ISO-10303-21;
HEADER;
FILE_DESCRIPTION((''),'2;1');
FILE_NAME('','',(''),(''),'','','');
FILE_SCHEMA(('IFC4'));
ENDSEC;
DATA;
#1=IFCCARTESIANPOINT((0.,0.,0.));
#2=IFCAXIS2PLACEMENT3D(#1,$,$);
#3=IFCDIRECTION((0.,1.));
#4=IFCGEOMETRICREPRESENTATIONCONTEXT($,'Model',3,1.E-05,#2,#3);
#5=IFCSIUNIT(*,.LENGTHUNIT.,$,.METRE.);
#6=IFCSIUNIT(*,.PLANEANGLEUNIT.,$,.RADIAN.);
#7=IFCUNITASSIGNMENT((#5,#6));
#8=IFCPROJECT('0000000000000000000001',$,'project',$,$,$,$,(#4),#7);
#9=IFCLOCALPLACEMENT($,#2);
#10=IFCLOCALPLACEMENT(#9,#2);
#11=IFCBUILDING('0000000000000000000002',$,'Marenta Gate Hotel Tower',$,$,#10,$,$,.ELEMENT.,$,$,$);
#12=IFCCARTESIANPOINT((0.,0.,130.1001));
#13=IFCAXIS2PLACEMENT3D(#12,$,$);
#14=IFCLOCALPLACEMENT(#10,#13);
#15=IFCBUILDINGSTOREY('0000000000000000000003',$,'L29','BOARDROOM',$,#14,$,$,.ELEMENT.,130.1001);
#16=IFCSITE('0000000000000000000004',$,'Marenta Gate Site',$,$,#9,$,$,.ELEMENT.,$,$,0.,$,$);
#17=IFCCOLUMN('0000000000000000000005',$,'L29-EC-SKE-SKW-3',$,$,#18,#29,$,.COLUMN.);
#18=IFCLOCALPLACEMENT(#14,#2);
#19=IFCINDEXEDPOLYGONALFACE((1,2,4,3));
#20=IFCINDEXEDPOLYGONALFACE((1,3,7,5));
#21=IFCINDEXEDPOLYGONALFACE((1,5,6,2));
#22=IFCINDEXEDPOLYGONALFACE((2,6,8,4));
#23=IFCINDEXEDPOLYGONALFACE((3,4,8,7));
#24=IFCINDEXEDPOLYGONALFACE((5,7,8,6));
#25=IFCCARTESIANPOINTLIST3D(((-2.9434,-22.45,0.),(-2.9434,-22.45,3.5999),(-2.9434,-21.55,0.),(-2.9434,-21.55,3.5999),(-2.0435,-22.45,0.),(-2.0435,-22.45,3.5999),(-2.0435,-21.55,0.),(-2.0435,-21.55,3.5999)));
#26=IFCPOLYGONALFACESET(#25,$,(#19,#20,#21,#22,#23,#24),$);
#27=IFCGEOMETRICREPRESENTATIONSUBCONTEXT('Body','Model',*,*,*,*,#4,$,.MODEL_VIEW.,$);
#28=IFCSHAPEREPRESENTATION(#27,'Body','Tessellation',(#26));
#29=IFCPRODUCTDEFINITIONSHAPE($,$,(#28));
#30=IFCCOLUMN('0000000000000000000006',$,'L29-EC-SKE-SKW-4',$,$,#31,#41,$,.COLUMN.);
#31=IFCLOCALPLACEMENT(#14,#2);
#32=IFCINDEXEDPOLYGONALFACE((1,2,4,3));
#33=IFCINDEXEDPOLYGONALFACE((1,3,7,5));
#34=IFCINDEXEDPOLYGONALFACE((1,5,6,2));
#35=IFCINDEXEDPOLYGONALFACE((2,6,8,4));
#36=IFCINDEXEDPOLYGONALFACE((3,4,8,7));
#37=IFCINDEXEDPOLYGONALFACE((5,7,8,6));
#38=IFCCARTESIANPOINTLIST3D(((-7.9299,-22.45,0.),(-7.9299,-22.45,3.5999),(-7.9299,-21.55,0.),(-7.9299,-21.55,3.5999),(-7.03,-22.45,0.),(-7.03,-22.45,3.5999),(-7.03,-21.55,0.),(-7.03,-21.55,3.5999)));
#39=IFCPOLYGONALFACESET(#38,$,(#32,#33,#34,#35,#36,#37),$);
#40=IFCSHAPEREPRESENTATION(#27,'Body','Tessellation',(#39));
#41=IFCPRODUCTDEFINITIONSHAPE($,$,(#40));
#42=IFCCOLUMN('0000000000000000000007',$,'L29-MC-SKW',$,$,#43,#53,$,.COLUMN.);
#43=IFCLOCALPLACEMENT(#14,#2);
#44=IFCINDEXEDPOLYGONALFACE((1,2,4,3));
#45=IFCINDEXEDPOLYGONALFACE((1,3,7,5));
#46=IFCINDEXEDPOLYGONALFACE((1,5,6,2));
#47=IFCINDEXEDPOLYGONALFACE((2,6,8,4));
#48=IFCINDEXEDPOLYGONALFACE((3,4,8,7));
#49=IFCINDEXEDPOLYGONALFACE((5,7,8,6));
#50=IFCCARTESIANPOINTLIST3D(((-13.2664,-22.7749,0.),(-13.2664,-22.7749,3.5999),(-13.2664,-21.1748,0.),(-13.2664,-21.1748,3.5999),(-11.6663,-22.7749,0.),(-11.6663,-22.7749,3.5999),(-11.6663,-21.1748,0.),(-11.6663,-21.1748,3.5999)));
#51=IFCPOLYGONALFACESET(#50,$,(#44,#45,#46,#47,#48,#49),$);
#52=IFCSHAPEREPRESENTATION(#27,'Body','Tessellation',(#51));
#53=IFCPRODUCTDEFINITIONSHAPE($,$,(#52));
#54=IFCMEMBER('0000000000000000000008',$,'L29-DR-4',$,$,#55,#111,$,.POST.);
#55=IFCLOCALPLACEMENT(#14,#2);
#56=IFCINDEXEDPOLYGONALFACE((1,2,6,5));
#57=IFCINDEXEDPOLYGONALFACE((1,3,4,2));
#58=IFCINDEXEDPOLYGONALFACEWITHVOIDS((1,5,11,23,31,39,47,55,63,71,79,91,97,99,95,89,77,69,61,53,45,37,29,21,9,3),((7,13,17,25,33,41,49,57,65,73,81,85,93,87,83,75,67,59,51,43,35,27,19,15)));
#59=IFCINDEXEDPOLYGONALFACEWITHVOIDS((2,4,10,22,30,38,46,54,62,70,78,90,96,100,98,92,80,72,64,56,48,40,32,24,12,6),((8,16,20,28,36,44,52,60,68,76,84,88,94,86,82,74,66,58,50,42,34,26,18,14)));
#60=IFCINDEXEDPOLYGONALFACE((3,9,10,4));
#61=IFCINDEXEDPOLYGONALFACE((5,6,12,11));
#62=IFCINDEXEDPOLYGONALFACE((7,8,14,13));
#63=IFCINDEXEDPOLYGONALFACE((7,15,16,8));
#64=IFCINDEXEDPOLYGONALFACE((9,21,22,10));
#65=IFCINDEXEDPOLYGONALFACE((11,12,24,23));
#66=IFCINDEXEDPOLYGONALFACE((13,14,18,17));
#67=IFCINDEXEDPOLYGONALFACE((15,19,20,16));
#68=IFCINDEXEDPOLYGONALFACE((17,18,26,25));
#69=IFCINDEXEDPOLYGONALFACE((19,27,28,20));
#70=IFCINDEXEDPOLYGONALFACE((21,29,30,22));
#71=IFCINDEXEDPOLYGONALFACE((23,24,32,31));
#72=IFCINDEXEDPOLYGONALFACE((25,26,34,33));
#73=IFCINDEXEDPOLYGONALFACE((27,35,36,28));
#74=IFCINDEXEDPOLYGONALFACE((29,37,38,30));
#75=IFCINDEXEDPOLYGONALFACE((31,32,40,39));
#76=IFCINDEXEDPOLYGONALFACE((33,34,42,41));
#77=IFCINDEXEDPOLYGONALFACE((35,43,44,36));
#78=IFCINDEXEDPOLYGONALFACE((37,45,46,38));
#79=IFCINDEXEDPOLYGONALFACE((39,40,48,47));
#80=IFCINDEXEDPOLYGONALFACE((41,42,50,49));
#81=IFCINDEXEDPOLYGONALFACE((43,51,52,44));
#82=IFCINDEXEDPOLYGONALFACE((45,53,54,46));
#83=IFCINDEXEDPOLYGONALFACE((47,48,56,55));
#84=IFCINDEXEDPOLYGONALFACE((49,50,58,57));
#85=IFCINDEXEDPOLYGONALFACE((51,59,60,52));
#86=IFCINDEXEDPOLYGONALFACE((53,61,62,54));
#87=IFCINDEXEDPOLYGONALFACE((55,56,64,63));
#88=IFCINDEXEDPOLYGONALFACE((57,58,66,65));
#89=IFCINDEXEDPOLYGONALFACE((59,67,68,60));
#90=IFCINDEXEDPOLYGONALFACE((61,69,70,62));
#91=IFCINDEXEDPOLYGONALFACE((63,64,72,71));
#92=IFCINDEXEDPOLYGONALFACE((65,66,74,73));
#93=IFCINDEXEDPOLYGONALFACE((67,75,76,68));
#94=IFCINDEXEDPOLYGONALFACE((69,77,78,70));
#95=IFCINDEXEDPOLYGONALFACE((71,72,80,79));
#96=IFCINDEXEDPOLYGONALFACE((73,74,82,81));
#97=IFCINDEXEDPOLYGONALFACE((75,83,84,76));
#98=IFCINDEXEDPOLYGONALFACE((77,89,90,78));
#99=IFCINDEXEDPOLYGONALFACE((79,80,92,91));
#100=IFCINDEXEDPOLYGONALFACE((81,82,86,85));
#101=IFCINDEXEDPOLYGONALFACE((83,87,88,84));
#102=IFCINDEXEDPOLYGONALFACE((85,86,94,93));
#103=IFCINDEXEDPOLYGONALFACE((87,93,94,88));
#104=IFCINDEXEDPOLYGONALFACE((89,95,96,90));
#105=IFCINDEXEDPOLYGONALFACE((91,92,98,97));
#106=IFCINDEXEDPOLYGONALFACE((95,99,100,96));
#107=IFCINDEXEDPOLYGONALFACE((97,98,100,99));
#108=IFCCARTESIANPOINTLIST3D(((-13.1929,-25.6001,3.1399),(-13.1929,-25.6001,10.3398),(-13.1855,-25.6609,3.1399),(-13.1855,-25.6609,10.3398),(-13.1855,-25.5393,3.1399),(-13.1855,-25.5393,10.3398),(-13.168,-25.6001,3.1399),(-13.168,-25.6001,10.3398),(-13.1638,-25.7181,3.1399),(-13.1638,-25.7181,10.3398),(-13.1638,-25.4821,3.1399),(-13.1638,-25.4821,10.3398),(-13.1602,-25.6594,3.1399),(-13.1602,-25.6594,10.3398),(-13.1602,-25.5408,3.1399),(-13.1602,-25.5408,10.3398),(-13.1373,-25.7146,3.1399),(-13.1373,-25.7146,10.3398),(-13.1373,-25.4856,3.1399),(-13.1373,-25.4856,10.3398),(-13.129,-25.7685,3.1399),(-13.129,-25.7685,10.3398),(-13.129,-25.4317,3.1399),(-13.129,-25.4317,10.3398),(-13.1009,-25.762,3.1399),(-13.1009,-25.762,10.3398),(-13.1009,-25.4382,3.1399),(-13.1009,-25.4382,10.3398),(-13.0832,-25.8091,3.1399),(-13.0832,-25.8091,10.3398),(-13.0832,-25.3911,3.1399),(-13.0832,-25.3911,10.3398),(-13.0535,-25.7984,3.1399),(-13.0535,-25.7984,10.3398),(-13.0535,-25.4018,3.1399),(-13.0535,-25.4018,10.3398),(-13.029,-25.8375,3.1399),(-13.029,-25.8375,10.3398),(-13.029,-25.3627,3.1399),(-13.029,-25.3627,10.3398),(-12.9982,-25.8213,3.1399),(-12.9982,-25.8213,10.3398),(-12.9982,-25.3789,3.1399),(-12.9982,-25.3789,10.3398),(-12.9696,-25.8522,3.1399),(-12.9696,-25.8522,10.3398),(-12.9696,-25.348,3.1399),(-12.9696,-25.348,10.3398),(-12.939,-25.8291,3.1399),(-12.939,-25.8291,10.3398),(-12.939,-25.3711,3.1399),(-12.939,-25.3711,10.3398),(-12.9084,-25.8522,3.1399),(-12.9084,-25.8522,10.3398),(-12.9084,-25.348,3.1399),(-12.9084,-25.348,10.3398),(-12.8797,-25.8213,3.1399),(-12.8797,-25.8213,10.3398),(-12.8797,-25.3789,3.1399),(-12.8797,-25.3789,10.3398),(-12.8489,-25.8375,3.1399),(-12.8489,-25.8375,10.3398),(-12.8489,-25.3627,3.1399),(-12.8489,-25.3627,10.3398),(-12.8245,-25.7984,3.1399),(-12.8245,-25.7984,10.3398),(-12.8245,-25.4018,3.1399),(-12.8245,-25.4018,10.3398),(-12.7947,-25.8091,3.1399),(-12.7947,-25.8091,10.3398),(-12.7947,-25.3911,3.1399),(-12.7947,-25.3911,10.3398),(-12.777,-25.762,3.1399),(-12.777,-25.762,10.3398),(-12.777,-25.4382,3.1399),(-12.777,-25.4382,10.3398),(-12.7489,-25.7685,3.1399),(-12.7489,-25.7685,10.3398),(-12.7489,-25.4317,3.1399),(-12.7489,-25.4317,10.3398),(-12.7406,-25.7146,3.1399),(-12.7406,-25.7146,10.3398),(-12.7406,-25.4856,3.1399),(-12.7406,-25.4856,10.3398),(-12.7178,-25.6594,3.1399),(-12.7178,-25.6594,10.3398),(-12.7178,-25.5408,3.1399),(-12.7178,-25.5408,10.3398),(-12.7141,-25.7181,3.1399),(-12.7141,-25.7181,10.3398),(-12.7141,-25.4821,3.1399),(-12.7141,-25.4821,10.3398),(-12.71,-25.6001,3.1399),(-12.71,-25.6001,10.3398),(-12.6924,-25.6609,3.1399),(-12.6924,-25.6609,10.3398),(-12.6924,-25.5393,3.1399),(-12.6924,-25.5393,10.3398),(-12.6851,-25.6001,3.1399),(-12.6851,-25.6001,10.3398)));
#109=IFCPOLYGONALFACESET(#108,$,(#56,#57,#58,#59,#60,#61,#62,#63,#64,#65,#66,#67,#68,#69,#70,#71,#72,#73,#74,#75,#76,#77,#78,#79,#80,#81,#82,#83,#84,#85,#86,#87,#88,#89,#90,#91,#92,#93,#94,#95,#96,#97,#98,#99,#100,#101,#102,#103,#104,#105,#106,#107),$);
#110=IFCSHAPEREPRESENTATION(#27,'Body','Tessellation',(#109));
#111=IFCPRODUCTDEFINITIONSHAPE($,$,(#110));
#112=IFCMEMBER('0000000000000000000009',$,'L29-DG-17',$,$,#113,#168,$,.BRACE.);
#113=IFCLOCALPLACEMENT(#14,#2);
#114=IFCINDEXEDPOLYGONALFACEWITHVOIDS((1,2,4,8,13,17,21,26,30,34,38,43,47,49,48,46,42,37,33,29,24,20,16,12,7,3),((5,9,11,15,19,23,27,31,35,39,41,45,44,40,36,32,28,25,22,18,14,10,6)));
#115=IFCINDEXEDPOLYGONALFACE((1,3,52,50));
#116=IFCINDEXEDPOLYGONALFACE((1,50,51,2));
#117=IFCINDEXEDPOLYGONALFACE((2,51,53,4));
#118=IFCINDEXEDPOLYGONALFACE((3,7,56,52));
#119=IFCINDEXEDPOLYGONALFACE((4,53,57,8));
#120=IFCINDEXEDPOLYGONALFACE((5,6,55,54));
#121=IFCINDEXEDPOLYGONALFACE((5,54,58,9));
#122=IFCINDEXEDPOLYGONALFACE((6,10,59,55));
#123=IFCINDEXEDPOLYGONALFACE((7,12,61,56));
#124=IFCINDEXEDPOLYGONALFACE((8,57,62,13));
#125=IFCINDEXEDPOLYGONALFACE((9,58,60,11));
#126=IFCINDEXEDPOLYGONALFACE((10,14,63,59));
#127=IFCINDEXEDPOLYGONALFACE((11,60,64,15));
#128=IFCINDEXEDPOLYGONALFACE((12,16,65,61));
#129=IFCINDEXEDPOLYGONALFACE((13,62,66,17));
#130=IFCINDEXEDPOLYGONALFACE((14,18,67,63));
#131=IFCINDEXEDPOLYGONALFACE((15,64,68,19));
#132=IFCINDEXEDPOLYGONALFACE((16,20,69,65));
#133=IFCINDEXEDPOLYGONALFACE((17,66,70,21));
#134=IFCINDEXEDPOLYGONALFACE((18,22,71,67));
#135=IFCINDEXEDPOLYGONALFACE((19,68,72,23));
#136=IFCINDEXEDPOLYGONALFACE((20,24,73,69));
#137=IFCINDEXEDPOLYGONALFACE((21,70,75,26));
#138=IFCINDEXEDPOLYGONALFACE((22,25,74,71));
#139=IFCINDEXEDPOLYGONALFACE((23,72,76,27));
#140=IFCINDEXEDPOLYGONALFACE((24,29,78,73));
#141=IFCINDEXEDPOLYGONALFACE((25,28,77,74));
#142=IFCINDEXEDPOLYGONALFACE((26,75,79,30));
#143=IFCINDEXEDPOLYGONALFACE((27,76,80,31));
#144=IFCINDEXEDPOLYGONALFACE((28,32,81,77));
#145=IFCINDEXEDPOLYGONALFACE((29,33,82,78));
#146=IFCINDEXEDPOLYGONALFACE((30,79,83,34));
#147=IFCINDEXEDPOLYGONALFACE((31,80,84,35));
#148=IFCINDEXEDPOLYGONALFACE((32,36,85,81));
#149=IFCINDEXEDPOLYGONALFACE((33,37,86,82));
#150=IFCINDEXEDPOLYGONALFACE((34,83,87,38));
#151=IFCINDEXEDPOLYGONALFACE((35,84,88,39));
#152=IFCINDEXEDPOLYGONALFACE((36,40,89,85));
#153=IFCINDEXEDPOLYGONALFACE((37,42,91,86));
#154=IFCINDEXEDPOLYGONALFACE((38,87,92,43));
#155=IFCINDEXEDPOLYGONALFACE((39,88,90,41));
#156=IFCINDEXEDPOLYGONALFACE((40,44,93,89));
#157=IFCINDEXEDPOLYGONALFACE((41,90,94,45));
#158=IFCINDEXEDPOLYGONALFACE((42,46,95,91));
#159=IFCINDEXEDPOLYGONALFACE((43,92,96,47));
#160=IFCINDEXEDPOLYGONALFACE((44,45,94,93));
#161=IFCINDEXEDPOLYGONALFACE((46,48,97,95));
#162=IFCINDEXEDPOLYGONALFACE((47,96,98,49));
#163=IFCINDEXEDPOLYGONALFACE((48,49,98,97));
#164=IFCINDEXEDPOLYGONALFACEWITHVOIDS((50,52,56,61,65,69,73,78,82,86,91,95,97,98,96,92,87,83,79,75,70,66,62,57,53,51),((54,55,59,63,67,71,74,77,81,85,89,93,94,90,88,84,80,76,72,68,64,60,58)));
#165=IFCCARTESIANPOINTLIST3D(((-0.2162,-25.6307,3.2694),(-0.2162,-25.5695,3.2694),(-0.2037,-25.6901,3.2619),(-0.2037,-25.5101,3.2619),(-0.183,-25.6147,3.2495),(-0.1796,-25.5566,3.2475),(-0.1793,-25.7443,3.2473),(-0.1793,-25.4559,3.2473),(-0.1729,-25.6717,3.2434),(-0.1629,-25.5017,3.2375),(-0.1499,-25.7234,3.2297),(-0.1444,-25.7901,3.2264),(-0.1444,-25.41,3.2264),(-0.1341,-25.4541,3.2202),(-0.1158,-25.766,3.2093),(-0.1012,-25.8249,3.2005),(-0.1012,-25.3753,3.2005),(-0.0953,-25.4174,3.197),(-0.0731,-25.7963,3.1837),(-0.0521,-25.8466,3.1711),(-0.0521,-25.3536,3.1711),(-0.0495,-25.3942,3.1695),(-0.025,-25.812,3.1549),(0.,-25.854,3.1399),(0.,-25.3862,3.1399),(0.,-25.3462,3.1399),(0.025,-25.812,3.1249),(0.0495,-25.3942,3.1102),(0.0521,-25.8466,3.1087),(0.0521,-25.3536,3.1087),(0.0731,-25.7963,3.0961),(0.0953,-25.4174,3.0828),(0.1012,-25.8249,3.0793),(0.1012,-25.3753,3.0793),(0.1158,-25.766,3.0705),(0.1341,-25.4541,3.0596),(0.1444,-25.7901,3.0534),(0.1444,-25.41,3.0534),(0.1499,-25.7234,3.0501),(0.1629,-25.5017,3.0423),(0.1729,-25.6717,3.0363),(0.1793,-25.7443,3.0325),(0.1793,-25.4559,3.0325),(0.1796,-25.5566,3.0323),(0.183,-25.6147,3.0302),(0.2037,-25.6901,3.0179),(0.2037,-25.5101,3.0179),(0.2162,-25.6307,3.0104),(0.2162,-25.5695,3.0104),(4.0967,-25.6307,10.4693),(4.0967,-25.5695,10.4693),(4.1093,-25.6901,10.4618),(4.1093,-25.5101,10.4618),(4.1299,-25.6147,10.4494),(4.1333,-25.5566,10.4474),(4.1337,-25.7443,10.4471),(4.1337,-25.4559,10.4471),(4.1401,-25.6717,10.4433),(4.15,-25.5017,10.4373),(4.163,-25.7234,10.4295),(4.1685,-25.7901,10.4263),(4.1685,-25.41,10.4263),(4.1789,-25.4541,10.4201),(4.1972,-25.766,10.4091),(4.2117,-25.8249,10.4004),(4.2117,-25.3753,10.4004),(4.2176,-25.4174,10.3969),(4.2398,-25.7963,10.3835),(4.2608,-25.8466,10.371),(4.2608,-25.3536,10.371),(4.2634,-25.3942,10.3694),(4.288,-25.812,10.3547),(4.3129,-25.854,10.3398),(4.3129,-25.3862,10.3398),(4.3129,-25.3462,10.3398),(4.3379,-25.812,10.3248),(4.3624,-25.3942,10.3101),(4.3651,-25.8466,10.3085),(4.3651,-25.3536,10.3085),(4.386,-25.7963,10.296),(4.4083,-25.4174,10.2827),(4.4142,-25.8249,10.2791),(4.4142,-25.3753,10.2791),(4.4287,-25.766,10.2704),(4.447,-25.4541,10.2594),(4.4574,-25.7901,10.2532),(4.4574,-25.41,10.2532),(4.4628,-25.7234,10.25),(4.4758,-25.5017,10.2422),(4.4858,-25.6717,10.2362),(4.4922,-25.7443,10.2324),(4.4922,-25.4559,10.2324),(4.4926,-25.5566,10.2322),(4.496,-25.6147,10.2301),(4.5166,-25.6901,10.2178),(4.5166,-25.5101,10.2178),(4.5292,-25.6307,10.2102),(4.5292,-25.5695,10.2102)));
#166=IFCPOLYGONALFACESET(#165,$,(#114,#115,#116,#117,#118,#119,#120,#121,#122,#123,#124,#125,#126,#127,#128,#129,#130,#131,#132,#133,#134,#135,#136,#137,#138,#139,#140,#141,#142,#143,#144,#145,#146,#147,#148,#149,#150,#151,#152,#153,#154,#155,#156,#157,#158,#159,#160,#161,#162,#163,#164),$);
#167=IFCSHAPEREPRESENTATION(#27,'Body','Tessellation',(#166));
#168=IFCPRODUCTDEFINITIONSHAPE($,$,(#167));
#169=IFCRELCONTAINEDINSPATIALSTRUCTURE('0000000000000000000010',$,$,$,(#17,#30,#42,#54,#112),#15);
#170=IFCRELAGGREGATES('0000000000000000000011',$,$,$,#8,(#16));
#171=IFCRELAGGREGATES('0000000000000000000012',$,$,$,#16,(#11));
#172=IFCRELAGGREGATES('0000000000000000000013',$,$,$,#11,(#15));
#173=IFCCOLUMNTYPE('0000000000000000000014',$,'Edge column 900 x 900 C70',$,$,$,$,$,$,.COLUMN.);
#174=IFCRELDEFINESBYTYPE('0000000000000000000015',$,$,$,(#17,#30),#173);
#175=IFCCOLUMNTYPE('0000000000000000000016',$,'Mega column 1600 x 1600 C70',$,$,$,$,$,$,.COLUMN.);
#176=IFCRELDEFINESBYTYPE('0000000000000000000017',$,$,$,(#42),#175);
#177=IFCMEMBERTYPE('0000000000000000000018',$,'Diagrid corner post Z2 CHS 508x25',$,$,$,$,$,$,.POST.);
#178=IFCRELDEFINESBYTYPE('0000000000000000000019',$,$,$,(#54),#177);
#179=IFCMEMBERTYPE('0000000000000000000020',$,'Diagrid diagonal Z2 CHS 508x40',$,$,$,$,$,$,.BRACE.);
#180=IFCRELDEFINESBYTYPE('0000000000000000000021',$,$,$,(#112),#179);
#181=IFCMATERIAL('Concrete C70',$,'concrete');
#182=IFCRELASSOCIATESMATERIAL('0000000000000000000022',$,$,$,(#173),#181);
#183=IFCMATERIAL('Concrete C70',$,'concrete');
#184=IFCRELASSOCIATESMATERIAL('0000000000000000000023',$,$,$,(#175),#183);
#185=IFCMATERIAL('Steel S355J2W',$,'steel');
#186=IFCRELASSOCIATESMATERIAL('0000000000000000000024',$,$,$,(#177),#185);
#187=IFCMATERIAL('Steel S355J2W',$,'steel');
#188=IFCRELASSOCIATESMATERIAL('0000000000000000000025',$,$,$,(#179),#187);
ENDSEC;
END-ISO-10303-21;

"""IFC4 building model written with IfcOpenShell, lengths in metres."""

from ifc_helpers import new_model, si_unit, direction, frame, origin, origin_2d, place, context, subcontext, project, spatial, rectangle, hollow_circle, extrude, material, material_profile, profile_set, type_object, element, save


model = new_model("IFC4")

# Units and contexts
model_context = context("Model", 3, precision=1e-05, world=origin(), true_north=direction((0.0, 1.0)))
body_context = subcontext(model_context, "Body", "Model", "MODEL_VIEW")
ifc_project = project(units=[si_unit("LENGTHUNIT", "METRE"), si_unit("PLANEANGLEUNIT", "RADIAN")], contexts=[model_context])

# Site, building, storey
site_placement = place(None, origin())
site = spatial("IfcSite", under=ifc_project, at=site_placement, Name="Marenta Gate Site", CompositionType="ELEMENT", RefElevation=0.0)
building_placement = place(site_placement, origin())
building = spatial("IfcBuilding", under=site, at=building_placement, Name="Marenta Gate Hotel Tower", CompositionType="ELEMENT")
storey_placement = place(building_placement, frame((0.0, 0.0, 130.1001)))
storey = spatial("IfcBuildingStorey", under=building, at=storey_placement, Name="L29", Description="BOARDROOM", CompositionType="ELEMENT", Elevation=130.1001)

# Columns
ifc_material_1 = material(Name="Concrete C70", Category="concrete")
ifc_material_profile_1 = material_profile(ifc_material_1, rectangle(XDim=0.8999, YDim=0.8999, at=origin_2d()), Name="900 x 900")
ifc_profile_set_1 = profile_set([ifc_material_profile_1], Name="Concrete C70")
column_type_1 = type_object("IfcColumnType", Name="Edge column 900 x 900 C70", PredefinedType="COLUMN", material=ifc_profile_set_1)
for number, where, z_axis, x_axis, name in (
    (1, (-2.4934, -22.0, 0.0), (0.0, 0.0, 1.0), (1.0, 0.0, 0.0), "L29-EC-SKE-SKW-3"),
    (2, (-7.48, -22.0, 0.0), (0.0, 0.0, 1.0), (1.0, 0.0, 0.0), "L29-EC-SKE-SKW-4"),
):
    element("IfcColumn", number, at=place(storey_placement, frame(where, z_axis=z_axis, x_axis=x_axis)), inside=storey, type_object=column_type_1, Name=name, PredefinedType="COLUMN", context=body_context, shape_type="SweptSolid", body=[
        extrude(rectangle(XDim=0.8999, YDim=0.8999, at=origin_2d()), origin(), (0.0, 0.0, 1.0), 3.5999),
    ])
ifc_material_2 = material(Name="Concrete C70", Category="concrete")
ifc_material_profile_2 = material_profile(ifc_material_2, rectangle(XDim=1.6001, YDim=1.6001, at=origin_2d()), Name="1600 x 1600")
ifc_profile_set_2 = profile_set([ifc_material_profile_2], Name="Concrete C70")
column_type_2 = type_object("IfcColumnType", Name="Mega column 1600 x 1600 C70", PredefinedType="COLUMN", material=ifc_profile_set_2)
column_placement = place(storey_placement, frame((-12.4663, -21.9749, 0.0), z_axis=(0.0, 0.0, 1.0), x_axis=(1.0, 0.0, 0.0)))
element("IfcColumn", 3, at=column_placement, inside=storey, type_object=column_type_2, Name="L29-MC-SKW", PredefinedType="COLUMN", context=body_context, shape_type="SweptSolid", body=[
    extrude(rectangle(XDim=1.6001, YDim=1.6001, at=origin_2d()), origin(), (0.0, 0.0, 1.0), 3.5999),
])

# Members
ifc_material_3 = material(Name="Steel S355J2W", Category="steel")
ifc_material_profile_3 = material_profile(ifc_material_3, hollow_circle(Radius=0.2539, WallThickness=0.0249, at=origin_2d()), Name="CHS 508x25")
ifc_profile_set_3 = profile_set([ifc_material_profile_3], Name="Steel S355J2W")
member_type_1 = type_object("IfcMemberType", Name="Diagrid corner post Z2 CHS 508x25", PredefinedType="POST", material=ifc_profile_set_3)
member_1_placement = place(storey_placement, frame((-12.939, -25.6001, 3.1399), z_axis=(0.0, 0.0, 1.0), x_axis=(1.0, 0.0, 0.0)))
element("IfcMember", 4, at=member_1_placement, inside=storey, type_object=member_type_1, Name="L29-DR-4", PredefinedType="POST", context=body_context, shape_type="SweptSolid", body=[
    extrude(hollow_circle(Radius=0.2539, WallThickness=0.0249, at=origin_2d()), origin(), (0.0, 0.0, 1.0), 7.2),
])
ifc_material_4 = material(Name="Steel S355J2W", Category="steel")
ifc_material_profile_4 = material_profile(ifc_material_4, hollow_circle(Radius=0.2539, WallThickness=0.04, at=origin_2d()), Name="CHS 508x40")
ifc_profile_set_4 = profile_set([ifc_material_profile_4], Name="Steel S355J2W")
member_type_2 = type_object("IfcMemberType", Name="Diagrid diagonal Z2 CHS 508x40", PredefinedType="BRACE", material=ifc_profile_set_4)
for number, where, z_axis, x_axis, name in (
    (5, (0.0, -25.6001, 3.1399), (0.513884, 0.0, 0.85786), (0.0, 1.0, 0.0), "L29-DG-17"),
):
    element("IfcMember", number, at=place(storey_placement, frame(where, z_axis=z_axis, x_axis=x_axis)), inside=storey, type_object=member_type_2, Name=name, PredefinedType="BRACE", context=body_context, shape_type="SweptSolid", body=[
        extrude(hollow_circle(Radius=0.2539, WallThickness=0.04, at=origin_2d()), origin(), (0.0, 0.0, 1.0), 8.3928),
    ])

save(model, "model.ifc")
